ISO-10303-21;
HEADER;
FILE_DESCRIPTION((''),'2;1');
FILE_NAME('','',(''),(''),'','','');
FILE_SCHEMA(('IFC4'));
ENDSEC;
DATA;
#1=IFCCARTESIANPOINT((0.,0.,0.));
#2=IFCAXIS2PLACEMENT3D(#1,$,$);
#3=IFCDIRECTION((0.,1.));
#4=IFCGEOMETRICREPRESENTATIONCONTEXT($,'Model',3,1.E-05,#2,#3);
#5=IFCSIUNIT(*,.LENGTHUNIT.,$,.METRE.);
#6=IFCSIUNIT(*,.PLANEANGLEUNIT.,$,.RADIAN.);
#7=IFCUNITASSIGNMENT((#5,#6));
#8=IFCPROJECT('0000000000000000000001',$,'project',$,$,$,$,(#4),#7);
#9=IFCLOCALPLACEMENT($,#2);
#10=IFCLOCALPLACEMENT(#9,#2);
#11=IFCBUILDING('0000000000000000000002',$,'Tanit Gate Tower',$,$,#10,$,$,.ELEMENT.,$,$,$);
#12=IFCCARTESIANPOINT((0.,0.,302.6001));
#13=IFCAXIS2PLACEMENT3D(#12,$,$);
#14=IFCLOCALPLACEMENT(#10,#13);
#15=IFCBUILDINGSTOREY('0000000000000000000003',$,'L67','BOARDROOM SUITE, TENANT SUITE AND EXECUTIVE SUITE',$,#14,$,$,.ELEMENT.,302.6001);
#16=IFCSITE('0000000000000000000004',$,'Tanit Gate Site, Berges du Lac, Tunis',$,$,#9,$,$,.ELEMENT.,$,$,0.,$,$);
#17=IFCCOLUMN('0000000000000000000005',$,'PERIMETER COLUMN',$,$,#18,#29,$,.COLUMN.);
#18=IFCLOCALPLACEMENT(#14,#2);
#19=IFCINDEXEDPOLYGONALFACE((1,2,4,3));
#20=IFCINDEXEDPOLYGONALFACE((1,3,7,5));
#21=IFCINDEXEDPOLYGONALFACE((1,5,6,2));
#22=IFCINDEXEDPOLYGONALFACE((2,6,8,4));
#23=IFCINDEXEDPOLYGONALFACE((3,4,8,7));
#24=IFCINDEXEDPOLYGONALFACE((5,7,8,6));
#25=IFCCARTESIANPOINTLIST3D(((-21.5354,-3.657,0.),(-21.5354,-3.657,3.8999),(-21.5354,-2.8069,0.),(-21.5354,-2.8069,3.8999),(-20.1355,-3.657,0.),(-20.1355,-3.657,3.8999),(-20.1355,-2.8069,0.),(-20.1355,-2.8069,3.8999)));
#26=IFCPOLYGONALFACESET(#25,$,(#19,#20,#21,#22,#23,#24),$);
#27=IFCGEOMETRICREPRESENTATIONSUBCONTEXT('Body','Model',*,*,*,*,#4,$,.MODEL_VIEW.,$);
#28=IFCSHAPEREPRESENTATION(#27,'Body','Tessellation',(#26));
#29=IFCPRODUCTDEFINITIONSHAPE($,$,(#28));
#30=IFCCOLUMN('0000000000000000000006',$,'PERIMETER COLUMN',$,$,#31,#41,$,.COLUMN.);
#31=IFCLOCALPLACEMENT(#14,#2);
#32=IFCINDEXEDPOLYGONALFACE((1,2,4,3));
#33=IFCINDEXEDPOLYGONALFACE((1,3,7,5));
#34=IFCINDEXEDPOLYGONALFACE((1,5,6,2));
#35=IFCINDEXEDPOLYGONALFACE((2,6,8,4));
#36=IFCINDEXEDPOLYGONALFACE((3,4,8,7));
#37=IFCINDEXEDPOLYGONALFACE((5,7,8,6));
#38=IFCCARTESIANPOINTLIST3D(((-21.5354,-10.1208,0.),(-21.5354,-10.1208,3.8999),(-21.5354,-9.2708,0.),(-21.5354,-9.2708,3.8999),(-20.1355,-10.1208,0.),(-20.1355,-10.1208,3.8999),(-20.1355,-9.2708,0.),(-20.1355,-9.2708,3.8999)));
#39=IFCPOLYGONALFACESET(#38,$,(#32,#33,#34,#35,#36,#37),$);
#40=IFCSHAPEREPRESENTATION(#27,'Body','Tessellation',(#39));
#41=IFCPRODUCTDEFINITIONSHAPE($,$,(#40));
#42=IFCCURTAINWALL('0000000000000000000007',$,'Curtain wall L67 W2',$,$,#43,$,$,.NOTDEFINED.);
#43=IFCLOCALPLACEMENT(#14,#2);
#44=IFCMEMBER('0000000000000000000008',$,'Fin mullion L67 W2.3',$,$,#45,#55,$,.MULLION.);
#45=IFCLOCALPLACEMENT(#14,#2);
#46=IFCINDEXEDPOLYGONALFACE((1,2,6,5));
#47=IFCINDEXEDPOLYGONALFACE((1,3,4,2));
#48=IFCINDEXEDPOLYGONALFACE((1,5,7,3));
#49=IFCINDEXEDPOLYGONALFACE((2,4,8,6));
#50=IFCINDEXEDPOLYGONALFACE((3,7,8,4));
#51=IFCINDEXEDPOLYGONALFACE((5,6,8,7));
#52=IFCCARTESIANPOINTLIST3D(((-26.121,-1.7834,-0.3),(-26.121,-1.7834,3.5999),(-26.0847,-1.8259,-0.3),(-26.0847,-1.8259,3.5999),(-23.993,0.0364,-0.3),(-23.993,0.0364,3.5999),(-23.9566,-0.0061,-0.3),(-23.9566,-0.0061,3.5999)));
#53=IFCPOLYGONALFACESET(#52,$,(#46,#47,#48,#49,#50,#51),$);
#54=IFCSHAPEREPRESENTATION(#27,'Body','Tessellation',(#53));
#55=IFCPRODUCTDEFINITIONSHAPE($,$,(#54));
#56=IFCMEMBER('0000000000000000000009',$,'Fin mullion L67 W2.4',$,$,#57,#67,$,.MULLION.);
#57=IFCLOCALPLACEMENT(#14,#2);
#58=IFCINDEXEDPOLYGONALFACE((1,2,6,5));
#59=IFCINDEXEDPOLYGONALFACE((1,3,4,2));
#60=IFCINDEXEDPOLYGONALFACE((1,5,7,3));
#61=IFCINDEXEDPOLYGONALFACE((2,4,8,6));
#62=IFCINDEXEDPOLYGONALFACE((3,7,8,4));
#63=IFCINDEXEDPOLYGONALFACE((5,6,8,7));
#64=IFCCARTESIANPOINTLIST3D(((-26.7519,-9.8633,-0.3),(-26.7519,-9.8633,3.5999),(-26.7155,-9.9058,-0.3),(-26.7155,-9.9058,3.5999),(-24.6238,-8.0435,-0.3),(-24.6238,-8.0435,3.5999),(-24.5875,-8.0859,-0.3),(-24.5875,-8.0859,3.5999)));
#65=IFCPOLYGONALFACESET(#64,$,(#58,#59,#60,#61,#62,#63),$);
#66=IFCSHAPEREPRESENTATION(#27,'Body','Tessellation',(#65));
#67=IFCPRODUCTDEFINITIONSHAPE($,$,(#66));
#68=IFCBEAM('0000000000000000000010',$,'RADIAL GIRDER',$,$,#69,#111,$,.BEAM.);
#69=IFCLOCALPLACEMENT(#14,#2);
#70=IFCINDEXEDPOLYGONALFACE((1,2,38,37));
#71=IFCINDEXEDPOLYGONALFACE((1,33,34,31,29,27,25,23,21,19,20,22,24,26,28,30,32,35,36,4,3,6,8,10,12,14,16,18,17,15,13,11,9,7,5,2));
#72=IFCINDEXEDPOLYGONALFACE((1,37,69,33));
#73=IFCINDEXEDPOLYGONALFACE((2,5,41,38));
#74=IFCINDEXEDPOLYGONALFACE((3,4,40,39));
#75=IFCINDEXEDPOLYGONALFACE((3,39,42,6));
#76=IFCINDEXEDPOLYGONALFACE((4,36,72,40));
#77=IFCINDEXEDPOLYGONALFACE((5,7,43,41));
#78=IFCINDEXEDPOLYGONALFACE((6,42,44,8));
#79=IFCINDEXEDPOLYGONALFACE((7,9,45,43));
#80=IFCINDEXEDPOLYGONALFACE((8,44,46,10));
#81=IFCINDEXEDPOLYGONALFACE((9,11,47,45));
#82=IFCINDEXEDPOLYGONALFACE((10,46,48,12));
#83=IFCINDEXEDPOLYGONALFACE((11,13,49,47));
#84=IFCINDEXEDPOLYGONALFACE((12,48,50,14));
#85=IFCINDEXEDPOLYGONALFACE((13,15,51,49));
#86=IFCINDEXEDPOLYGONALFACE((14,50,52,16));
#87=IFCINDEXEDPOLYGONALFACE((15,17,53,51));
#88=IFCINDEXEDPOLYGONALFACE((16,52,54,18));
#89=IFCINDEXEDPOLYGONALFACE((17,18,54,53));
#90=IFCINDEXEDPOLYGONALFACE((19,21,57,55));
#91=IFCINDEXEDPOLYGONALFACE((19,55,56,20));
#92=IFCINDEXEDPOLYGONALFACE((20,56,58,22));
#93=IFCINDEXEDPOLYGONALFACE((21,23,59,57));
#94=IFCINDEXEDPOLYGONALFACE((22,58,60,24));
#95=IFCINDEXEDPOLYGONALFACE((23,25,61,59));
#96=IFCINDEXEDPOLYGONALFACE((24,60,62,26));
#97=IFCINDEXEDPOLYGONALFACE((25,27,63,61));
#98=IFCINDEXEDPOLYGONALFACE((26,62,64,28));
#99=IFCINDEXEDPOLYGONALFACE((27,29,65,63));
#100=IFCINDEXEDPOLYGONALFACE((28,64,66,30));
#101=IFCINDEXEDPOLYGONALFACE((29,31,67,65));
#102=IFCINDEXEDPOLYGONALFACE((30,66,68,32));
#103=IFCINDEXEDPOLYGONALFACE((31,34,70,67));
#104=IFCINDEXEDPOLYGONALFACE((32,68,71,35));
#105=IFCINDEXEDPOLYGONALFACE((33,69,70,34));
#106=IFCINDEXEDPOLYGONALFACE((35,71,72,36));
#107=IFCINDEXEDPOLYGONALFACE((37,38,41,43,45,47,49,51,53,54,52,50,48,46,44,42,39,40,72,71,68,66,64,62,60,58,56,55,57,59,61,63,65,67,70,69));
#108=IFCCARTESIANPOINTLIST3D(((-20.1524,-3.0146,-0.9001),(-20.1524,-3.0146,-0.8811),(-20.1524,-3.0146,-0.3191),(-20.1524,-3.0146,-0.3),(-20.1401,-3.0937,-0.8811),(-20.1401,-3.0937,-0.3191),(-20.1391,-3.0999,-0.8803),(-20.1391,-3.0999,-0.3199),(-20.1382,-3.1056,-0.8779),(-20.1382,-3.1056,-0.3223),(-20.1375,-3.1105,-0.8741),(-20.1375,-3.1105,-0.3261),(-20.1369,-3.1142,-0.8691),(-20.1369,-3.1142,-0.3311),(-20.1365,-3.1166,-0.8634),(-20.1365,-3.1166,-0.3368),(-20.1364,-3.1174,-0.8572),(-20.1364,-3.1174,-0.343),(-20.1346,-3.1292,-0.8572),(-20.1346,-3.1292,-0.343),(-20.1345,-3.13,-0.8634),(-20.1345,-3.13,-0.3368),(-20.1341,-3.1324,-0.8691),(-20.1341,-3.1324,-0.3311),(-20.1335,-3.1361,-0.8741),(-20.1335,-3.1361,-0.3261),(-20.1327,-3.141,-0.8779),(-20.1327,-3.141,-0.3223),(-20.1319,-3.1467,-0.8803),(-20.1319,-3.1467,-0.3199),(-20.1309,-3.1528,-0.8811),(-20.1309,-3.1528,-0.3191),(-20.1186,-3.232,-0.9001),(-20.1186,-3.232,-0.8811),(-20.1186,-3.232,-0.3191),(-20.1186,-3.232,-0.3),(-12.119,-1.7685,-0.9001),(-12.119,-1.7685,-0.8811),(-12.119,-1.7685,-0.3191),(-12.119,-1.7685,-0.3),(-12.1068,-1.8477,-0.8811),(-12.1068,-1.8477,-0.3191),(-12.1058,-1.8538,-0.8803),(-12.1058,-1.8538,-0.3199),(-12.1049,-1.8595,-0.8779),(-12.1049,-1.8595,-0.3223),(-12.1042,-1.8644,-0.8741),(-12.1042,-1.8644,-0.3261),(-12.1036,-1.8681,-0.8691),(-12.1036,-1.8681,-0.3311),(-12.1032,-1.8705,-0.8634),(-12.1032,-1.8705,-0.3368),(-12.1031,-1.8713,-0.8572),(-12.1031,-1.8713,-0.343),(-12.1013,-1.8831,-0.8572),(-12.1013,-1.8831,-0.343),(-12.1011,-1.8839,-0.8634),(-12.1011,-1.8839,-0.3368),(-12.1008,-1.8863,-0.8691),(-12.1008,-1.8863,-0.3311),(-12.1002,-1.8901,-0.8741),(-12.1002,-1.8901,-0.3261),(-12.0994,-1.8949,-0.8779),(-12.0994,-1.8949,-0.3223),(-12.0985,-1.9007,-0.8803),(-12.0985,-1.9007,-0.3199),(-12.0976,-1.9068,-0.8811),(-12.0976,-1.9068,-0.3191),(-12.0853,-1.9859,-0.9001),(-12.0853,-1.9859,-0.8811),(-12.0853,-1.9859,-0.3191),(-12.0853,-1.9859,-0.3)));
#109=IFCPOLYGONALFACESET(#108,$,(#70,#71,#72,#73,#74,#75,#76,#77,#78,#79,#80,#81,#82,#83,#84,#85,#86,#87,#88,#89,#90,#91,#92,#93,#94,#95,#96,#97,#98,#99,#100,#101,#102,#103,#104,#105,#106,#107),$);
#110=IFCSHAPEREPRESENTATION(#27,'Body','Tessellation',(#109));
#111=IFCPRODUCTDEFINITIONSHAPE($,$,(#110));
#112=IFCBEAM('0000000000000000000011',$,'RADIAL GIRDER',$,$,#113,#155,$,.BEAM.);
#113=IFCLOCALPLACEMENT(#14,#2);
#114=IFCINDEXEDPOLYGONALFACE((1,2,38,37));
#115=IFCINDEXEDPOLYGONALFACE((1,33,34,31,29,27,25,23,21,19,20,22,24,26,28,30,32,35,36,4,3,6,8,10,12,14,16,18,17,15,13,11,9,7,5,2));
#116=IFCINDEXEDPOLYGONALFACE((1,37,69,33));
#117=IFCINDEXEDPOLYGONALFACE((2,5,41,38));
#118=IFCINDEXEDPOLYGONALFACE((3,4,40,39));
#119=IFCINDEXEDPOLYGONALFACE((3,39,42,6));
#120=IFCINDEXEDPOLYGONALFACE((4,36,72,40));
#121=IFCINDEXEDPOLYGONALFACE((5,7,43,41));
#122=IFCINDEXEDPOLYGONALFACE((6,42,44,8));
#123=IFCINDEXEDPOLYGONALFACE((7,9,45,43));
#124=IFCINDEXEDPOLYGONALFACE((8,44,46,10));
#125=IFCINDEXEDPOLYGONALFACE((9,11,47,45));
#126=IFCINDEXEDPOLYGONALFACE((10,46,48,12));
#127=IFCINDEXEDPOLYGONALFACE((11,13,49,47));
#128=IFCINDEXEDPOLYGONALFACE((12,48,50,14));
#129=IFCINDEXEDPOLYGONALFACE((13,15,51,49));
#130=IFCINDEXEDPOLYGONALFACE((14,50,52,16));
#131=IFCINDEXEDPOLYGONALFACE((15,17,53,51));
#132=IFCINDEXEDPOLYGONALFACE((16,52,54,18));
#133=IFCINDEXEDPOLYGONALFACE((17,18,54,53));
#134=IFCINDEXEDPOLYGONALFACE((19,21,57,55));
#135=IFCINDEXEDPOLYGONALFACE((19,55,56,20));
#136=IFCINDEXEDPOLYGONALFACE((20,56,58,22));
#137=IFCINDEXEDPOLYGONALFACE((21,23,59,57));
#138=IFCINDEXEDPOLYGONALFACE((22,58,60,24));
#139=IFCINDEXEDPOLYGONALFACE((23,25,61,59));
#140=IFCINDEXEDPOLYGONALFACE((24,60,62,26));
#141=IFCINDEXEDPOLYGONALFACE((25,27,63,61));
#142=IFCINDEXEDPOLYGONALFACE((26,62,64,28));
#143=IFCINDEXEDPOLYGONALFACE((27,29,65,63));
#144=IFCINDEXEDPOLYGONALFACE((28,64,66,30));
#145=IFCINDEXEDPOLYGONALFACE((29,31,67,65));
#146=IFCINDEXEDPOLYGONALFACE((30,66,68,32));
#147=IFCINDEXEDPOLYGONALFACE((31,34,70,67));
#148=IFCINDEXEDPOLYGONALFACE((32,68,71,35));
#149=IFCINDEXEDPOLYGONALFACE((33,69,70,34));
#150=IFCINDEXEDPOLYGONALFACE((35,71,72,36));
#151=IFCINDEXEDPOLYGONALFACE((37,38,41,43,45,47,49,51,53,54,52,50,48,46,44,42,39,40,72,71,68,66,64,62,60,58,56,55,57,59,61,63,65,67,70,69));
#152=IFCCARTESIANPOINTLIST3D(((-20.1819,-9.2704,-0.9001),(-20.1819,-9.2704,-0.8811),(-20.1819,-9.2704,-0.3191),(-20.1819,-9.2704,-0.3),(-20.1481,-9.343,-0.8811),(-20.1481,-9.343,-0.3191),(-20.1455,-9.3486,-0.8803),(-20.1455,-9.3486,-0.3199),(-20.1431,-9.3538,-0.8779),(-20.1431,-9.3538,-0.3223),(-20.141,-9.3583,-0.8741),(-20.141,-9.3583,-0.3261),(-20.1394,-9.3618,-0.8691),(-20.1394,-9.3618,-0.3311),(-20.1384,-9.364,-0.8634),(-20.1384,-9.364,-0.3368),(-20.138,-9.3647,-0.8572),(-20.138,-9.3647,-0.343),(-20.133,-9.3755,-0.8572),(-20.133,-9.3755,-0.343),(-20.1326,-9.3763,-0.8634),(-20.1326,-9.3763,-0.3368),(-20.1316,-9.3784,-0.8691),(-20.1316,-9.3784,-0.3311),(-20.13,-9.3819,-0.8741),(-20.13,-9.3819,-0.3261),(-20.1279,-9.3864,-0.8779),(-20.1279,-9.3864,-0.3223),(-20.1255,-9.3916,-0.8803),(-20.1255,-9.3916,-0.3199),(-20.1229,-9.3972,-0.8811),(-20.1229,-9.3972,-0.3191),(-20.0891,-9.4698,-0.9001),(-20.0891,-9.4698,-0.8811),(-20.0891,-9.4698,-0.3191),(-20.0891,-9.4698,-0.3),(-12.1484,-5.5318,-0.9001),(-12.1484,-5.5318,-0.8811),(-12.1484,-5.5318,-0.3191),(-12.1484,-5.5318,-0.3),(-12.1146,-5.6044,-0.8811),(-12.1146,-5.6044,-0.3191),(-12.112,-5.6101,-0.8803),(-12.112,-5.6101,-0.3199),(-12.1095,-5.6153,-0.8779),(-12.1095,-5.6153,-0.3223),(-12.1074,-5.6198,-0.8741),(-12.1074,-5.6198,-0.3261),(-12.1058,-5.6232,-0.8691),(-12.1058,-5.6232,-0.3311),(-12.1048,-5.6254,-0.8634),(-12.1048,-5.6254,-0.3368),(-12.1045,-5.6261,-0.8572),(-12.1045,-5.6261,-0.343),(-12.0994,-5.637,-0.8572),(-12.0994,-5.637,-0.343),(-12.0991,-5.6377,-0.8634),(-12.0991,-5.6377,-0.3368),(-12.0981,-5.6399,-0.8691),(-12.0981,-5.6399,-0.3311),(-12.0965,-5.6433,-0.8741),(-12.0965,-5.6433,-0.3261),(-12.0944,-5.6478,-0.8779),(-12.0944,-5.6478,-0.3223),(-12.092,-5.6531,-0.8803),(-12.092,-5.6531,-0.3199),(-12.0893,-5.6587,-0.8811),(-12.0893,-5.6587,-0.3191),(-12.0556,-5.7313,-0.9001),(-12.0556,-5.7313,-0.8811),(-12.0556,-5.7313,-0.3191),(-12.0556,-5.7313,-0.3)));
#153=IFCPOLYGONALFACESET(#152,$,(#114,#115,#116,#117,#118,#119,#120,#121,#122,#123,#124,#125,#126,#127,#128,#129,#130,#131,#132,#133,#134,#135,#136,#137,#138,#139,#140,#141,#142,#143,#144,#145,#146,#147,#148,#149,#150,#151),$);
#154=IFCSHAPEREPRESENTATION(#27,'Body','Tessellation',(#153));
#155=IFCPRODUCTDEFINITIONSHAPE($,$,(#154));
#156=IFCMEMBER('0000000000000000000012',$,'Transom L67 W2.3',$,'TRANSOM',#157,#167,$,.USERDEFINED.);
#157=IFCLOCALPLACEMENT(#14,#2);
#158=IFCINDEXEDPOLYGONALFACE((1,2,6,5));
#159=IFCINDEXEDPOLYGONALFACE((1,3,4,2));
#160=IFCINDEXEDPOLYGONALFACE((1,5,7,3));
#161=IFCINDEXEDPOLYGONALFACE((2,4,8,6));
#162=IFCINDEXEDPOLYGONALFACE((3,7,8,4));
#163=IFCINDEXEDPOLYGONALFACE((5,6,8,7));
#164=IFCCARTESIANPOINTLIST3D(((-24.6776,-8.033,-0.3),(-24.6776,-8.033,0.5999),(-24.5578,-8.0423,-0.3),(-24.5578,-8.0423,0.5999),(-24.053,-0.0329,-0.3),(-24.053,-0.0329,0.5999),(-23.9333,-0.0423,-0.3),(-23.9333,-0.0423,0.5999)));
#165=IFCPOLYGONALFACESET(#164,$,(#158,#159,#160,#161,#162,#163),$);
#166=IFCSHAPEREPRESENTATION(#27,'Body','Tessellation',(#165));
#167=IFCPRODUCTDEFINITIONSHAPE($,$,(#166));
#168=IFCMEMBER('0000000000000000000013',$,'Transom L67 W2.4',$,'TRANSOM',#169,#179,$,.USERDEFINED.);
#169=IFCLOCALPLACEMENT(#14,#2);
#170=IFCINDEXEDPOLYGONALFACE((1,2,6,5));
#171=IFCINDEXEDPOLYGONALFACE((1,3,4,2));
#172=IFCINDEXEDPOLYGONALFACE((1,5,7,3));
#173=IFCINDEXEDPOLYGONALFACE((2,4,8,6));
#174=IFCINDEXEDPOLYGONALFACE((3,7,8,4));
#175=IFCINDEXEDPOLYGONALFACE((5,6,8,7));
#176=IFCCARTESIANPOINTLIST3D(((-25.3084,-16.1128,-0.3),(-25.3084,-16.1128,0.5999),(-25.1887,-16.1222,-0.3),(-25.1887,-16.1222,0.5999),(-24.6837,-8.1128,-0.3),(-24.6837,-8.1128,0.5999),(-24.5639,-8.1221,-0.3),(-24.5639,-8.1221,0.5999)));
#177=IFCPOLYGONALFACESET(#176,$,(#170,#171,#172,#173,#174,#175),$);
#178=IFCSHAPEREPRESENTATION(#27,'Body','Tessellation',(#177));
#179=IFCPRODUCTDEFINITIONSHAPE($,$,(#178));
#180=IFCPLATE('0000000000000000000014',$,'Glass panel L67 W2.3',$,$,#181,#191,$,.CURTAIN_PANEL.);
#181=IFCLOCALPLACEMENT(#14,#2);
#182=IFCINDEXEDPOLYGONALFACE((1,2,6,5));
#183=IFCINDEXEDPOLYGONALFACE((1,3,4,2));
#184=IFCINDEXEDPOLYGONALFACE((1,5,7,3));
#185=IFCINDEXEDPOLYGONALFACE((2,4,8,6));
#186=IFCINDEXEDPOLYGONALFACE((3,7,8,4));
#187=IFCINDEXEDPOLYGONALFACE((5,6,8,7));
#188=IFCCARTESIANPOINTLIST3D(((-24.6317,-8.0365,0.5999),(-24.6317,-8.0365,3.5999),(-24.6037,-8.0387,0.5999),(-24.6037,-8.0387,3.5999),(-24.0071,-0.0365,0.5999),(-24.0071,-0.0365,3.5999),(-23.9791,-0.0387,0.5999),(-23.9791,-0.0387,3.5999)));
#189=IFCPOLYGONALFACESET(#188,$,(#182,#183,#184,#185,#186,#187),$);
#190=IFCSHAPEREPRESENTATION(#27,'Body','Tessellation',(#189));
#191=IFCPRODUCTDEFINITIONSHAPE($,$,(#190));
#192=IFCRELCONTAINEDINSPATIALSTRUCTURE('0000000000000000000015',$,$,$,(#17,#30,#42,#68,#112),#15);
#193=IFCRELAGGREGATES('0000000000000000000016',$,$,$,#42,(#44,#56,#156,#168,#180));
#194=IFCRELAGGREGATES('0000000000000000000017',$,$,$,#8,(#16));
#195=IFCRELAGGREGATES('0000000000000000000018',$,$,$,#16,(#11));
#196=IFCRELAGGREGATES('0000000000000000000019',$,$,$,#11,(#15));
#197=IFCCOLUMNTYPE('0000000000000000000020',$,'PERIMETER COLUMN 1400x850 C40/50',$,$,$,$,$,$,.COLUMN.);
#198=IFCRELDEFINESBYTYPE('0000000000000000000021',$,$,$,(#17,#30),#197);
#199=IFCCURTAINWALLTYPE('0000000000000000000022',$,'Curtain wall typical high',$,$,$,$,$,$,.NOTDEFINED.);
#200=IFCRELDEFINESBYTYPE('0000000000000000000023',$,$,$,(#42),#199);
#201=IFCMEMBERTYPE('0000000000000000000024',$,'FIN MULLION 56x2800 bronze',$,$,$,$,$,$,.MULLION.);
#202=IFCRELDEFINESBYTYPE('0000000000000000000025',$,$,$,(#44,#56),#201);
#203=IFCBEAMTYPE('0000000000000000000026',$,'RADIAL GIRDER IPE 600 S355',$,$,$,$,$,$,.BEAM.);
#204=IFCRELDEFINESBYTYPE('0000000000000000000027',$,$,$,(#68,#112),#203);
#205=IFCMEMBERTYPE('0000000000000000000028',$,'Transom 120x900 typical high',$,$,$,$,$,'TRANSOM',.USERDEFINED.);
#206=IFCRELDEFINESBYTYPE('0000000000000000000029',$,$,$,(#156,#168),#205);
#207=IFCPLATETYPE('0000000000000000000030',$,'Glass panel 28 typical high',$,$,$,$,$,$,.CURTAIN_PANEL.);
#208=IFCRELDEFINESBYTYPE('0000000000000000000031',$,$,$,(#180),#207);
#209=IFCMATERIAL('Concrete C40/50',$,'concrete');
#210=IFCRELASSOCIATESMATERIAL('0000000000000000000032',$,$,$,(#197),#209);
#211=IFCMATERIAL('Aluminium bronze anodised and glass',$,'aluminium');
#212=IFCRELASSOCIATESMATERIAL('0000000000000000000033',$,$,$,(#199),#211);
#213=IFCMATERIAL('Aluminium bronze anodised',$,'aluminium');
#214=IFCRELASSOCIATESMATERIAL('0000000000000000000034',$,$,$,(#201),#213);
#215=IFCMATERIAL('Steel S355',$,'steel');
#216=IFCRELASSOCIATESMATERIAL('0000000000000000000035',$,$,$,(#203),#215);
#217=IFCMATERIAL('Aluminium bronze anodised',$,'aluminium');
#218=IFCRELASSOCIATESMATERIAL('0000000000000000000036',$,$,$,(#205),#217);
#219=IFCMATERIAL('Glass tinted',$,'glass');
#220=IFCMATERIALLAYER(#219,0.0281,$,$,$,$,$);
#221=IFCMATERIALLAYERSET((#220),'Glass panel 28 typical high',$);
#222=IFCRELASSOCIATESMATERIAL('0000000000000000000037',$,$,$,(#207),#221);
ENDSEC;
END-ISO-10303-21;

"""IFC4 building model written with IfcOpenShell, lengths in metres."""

from ifc_helpers import new_model, si_unit, direction, frame, origin, origin_2d, place, context, subcontext, project, spatial, rectangle, i_section, extrude, material, layer, layer_set, material_profile, profile_set, type_object, element, aggregate, save


model = new_model("IFC4")

# Units and contexts
model_context = context("Model", 3, precision=1e-05, world=origin(), true_north=direction((0.0, 1.0)))
body_context = subcontext(model_context, "Body", "Model", "MODEL_VIEW")
ifc_project = project(units=[si_unit("LENGTHUNIT", "METRE"), si_unit("PLANEANGLEUNIT", "RADIAN")], contexts=[model_context])

# Site, building, storey
site_placement = place(None, origin())
site = spatial("IfcSite", under=ifc_project, at=site_placement, Name="Tanit Gate Site, Berges du Lac, Tunis", CompositionType="ELEMENT", RefElevation=0.0)
building_placement = place(site_placement, origin())
building = spatial("IfcBuilding", under=site, at=building_placement, Name="Tanit Gate Tower", CompositionType="ELEMENT")
storey_placement = place(building_placement, frame((0.0, 0.0, 302.6001)))
storey = spatial("IfcBuildingStorey", under=building, at=storey_placement, Name="L67", Description="BOARDROOM SUITE, TENANT SUITE AND EXECUTIVE SUITE", CompositionType="ELEMENT", Elevation=302.6001)

# Columns
ifc_material_1 = material(Name="Concrete C40/50", Category="concrete")
ifc_material_profile_1 = material_profile(ifc_material_1, rectangle(XDim=1.3999, YDim=0.8501, at=origin_2d()), Name="RC 1400x850")
ifc_profile_set_1 = profile_set([ifc_material_profile_1], Name="Concrete C40/50")
column_type = type_object("IfcColumnType", Name="PERIMETER COLUMN 1400x850 C40/50", PredefinedType="COLUMN", material=ifc_profile_set_1)
for number, where, z_axis, x_axis, name in (
    (1, (-20.8354, -3.2319, 0.0), (0.0, 0.0, 1.0), (-1.0, 0.0, 0.0), "PERIMETER COLUMN"),
    (2, (-20.8354, -9.6958, 0.0), (0.0, 0.0, 1.0), (-1.0, 0.0, 0.0), "PERIMETER COLUMN"),
):
    element("IfcColumn", number, at=place(storey_placement, frame(where, z_axis=z_axis, x_axis=x_axis)), inside=storey, type_object=column_type, Name=name, PredefinedType="COLUMN", context=body_context, shape_type="SweptSolid", body=[
        extrude(rectangle(XDim=1.3999, YDim=0.8501, at=origin_2d()), origin(), (0.0, 0.0, 1.0), 3.8999),
    ])

# Curtain wall, members
ifc_material_2 = material(Name="Aluminium bronze anodised and glass", Category="aluminium")
curtain_wall_type = type_object("IfcCurtainWallType", Name="Curtain wall typical high", PredefinedType="NOTDEFINED", material=ifc_material_2)
curtain_wall_placement = place(storey_placement, origin())
curtain_wall = element("IfcCurtainWall", 3, at=curtain_wall_placement, inside=storey, type_object=curtain_wall_type, Name="Curtain wall L67 W2", PredefinedType="NOTDEFINED")
ifc_material_3 = material(Name="Aluminium bronze anodised", Category="aluminium")
ifc_material_profile_2 = material_profile(ifc_material_3, rectangle(XDim=2.8, YDim=0.0559, at=origin_2d()), Name="56x2800 bronze fin mullion")
ifc_profile_set_2 = profile_set([ifc_material_profile_2], Name="Aluminium bronze anodised")
member_type_1 = type_object("IfcMemberType", Name="FIN MULLION 56x2800 bronze", PredefinedType="MULLION", material=ifc_profile_set_2)
member_1_placement = place(storey_placement, frame((-25.0388, -0.8948, -0.3), z_axis=(0.0, 0.0, 1.0), x_axis=(0.760002, 0.649921, 0.0)))
member_1 = element("IfcMember", 4, at=member_1_placement, type_object=member_type_1, Name="Fin mullion L67 W2.3", PredefinedType="MULLION", context=body_context, shape_type="SweptSolid", body=[
    extrude(rectangle(XDim=2.8, YDim=0.0559, at=origin_2d()), origin(), (0.0, 0.0, 1.0), 3.8999),
])
member_2_placement = place(storey_placement, frame((-25.6697, -8.9746, -0.3), z_axis=(0.0, 0.0, 1.0), x_axis=(0.760002, 0.649921, 0.0)))
member_2 = element("IfcMember", 5, at=member_2_placement, type_object=member_type_1, Name="Fin mullion L67 W2.4", PredefinedType="MULLION", context=body_context, shape_type="SweptSolid", body=[
    extrude(rectangle(XDim=2.8, YDim=0.0559, at=origin_2d()), origin(), (0.0, 0.0, 1.0), 3.8999),
])

# Beams
ifc_material_4 = material(Name="Steel S355", Category="steel")
ifc_material_profile_3 = material_profile(ifc_material_4, i_section(OverallWidth=0.22, OverallDepth=0.6001, WebThickness=0.012, FlangeThickness=0.019, FilletRadius=0.0239, at=origin_2d()), Name="IPE 600")
ifc_profile_set_3 = profile_set([ifc_material_profile_3], Name="Steel S355")
beam_type = type_object("IfcBeamType", Name="RADIAL GIRDER IPE 600 S355", PredefinedType="BEAM", material=ifc_profile_set_3)
beam_1_placement = place(storey_placement, frame((-20.1355, -3.1233, -0.6001), z_axis=(0.988183, 0.15328, 0.0), x_axis=(-0.15328, 0.988183, 0.0)))
element("IfcBeam", 6, at=beam_1_placement, inside=storey, type_object=beam_type, Name="RADIAL GIRDER", PredefinedType="BEAM", context=body_context, shape_type="SweptSolid", body=[
    extrude(i_section(OverallWidth=0.22, OverallDepth=0.6001, WebThickness=0.012, FlangeThickness=0.019, FilletRadius=0.0239, at=origin_2d()), origin(), (0.0, 0.0, 1.0), 8.1294),
])
beam_2_placement = place(storey_placement, frame((-20.1355, -9.3701, -0.6001), z_axis=(0.906633, 0.42192, 0.0), x_axis=(-0.42192, 0.906633, 0.0)))
element("IfcBeam", 7, at=beam_2_placement, inside=storey, type_object=beam_type, Name="RADIAL GIRDER", PredefinedType="BEAM", context=body_context, shape_type="SweptSolid", body=[
    extrude(i_section(OverallWidth=0.22, OverallDepth=0.6001, WebThickness=0.012, FlangeThickness=0.019, FilletRadius=0.0239, at=origin_2d()), origin(), (0.0, 0.0, 1.0), 8.8608),
])

# Members
ifc_material_5 = material(Name="Aluminium bronze anodised", Category="aluminium")
ifc_material_profile_4 = material_profile(ifc_material_5, rectangle(XDim=0.1201, YDim=0.8999, at=origin_2d()), Name="120x900 bronze transom")
ifc_profile_set_4 = profile_set([ifc_material_profile_4], Name="Aluminium bronze anodised")
member_type_2 = type_object("IfcMemberType", Name="Transom 120x900 typical high", ElementType="TRANSOM", PredefinedType="USERDEFINED", material=ifc_profile_set_4)
member_3_placement = place(storey_placement, frame((-23.9932, -0.0376, 0.1499), z_axis=(-0.077827, -0.996967, 0.0), x_axis=(0.996967, -0.077827, 0.0)))
member_3 = element("IfcMember", 8, at=member_3_placement, type_object=member_type_2, Name="Transom L67 W2.3", ObjectType="TRANSOM", PredefinedType="USERDEFINED", context=body_context, shape_type="SweptSolid", body=[
    extrude(rectangle(XDim=0.1201, YDim=0.8999, at=origin_2d()), origin(), (0.0, 0.0, 1.0), 8.0244),
])
member_4_placement = place(storey_placement, frame((-24.6238, -8.1174, 0.1499), z_axis=(-0.077857, -0.996965, 0.0), x_axis=(0.996965, -0.077857, 0.0)))
member_4 = element("IfcMember", 9, at=member_4_placement, type_object=member_type_2, Name="Transom L67 W2.4", ObjectType="TRANSOM", PredefinedType="USERDEFINED", context=body_context, shape_type="SweptSolid", body=[
    extrude(rectangle(XDim=0.1201, YDim=0.8999, at=origin_2d()), origin(), (0.0, 0.0, 1.0), 8.0244),
])

# Plate
ifc_material_6 = material(Name="Glass tinted", Category="glass")
ifc_layer_1 = layer(ifc_material_6, 0.0281)
ifc_layer_set_1 = layer_set([ifc_layer_1], Name="Glass panel 28 typical high")
plate_type = type_object("IfcPlateType", Name="Glass panel 28 typical high", PredefinedType="CURTAIN_PANEL", material=ifc_layer_set_1)
plate_1_placement = place(storey_placement, frame((-24.3054, -4.0376, 0.5999), z_axis=(0.0, 0.0, 1.0), x_axis=(-0.077839, -0.996966, 0.0)))
plate_1 = element("IfcPlate", 10, at=plate_1_placement, type_object=plate_type, Name="Glass panel L67 W2.3", PredefinedType="CURTAIN_PANEL", context=body_context, shape_type="SweptSolid", body=[
    extrude(rectangle(XDim=8.0244, YDim=0.0281, at=origin_2d()), origin(), (0.0, 0.0, 1.0), 3.0),
])
aggregate(curtain_wall, [member_1, member_2, member_3, member_4, plate_1])

save(model, "model.ifc")
